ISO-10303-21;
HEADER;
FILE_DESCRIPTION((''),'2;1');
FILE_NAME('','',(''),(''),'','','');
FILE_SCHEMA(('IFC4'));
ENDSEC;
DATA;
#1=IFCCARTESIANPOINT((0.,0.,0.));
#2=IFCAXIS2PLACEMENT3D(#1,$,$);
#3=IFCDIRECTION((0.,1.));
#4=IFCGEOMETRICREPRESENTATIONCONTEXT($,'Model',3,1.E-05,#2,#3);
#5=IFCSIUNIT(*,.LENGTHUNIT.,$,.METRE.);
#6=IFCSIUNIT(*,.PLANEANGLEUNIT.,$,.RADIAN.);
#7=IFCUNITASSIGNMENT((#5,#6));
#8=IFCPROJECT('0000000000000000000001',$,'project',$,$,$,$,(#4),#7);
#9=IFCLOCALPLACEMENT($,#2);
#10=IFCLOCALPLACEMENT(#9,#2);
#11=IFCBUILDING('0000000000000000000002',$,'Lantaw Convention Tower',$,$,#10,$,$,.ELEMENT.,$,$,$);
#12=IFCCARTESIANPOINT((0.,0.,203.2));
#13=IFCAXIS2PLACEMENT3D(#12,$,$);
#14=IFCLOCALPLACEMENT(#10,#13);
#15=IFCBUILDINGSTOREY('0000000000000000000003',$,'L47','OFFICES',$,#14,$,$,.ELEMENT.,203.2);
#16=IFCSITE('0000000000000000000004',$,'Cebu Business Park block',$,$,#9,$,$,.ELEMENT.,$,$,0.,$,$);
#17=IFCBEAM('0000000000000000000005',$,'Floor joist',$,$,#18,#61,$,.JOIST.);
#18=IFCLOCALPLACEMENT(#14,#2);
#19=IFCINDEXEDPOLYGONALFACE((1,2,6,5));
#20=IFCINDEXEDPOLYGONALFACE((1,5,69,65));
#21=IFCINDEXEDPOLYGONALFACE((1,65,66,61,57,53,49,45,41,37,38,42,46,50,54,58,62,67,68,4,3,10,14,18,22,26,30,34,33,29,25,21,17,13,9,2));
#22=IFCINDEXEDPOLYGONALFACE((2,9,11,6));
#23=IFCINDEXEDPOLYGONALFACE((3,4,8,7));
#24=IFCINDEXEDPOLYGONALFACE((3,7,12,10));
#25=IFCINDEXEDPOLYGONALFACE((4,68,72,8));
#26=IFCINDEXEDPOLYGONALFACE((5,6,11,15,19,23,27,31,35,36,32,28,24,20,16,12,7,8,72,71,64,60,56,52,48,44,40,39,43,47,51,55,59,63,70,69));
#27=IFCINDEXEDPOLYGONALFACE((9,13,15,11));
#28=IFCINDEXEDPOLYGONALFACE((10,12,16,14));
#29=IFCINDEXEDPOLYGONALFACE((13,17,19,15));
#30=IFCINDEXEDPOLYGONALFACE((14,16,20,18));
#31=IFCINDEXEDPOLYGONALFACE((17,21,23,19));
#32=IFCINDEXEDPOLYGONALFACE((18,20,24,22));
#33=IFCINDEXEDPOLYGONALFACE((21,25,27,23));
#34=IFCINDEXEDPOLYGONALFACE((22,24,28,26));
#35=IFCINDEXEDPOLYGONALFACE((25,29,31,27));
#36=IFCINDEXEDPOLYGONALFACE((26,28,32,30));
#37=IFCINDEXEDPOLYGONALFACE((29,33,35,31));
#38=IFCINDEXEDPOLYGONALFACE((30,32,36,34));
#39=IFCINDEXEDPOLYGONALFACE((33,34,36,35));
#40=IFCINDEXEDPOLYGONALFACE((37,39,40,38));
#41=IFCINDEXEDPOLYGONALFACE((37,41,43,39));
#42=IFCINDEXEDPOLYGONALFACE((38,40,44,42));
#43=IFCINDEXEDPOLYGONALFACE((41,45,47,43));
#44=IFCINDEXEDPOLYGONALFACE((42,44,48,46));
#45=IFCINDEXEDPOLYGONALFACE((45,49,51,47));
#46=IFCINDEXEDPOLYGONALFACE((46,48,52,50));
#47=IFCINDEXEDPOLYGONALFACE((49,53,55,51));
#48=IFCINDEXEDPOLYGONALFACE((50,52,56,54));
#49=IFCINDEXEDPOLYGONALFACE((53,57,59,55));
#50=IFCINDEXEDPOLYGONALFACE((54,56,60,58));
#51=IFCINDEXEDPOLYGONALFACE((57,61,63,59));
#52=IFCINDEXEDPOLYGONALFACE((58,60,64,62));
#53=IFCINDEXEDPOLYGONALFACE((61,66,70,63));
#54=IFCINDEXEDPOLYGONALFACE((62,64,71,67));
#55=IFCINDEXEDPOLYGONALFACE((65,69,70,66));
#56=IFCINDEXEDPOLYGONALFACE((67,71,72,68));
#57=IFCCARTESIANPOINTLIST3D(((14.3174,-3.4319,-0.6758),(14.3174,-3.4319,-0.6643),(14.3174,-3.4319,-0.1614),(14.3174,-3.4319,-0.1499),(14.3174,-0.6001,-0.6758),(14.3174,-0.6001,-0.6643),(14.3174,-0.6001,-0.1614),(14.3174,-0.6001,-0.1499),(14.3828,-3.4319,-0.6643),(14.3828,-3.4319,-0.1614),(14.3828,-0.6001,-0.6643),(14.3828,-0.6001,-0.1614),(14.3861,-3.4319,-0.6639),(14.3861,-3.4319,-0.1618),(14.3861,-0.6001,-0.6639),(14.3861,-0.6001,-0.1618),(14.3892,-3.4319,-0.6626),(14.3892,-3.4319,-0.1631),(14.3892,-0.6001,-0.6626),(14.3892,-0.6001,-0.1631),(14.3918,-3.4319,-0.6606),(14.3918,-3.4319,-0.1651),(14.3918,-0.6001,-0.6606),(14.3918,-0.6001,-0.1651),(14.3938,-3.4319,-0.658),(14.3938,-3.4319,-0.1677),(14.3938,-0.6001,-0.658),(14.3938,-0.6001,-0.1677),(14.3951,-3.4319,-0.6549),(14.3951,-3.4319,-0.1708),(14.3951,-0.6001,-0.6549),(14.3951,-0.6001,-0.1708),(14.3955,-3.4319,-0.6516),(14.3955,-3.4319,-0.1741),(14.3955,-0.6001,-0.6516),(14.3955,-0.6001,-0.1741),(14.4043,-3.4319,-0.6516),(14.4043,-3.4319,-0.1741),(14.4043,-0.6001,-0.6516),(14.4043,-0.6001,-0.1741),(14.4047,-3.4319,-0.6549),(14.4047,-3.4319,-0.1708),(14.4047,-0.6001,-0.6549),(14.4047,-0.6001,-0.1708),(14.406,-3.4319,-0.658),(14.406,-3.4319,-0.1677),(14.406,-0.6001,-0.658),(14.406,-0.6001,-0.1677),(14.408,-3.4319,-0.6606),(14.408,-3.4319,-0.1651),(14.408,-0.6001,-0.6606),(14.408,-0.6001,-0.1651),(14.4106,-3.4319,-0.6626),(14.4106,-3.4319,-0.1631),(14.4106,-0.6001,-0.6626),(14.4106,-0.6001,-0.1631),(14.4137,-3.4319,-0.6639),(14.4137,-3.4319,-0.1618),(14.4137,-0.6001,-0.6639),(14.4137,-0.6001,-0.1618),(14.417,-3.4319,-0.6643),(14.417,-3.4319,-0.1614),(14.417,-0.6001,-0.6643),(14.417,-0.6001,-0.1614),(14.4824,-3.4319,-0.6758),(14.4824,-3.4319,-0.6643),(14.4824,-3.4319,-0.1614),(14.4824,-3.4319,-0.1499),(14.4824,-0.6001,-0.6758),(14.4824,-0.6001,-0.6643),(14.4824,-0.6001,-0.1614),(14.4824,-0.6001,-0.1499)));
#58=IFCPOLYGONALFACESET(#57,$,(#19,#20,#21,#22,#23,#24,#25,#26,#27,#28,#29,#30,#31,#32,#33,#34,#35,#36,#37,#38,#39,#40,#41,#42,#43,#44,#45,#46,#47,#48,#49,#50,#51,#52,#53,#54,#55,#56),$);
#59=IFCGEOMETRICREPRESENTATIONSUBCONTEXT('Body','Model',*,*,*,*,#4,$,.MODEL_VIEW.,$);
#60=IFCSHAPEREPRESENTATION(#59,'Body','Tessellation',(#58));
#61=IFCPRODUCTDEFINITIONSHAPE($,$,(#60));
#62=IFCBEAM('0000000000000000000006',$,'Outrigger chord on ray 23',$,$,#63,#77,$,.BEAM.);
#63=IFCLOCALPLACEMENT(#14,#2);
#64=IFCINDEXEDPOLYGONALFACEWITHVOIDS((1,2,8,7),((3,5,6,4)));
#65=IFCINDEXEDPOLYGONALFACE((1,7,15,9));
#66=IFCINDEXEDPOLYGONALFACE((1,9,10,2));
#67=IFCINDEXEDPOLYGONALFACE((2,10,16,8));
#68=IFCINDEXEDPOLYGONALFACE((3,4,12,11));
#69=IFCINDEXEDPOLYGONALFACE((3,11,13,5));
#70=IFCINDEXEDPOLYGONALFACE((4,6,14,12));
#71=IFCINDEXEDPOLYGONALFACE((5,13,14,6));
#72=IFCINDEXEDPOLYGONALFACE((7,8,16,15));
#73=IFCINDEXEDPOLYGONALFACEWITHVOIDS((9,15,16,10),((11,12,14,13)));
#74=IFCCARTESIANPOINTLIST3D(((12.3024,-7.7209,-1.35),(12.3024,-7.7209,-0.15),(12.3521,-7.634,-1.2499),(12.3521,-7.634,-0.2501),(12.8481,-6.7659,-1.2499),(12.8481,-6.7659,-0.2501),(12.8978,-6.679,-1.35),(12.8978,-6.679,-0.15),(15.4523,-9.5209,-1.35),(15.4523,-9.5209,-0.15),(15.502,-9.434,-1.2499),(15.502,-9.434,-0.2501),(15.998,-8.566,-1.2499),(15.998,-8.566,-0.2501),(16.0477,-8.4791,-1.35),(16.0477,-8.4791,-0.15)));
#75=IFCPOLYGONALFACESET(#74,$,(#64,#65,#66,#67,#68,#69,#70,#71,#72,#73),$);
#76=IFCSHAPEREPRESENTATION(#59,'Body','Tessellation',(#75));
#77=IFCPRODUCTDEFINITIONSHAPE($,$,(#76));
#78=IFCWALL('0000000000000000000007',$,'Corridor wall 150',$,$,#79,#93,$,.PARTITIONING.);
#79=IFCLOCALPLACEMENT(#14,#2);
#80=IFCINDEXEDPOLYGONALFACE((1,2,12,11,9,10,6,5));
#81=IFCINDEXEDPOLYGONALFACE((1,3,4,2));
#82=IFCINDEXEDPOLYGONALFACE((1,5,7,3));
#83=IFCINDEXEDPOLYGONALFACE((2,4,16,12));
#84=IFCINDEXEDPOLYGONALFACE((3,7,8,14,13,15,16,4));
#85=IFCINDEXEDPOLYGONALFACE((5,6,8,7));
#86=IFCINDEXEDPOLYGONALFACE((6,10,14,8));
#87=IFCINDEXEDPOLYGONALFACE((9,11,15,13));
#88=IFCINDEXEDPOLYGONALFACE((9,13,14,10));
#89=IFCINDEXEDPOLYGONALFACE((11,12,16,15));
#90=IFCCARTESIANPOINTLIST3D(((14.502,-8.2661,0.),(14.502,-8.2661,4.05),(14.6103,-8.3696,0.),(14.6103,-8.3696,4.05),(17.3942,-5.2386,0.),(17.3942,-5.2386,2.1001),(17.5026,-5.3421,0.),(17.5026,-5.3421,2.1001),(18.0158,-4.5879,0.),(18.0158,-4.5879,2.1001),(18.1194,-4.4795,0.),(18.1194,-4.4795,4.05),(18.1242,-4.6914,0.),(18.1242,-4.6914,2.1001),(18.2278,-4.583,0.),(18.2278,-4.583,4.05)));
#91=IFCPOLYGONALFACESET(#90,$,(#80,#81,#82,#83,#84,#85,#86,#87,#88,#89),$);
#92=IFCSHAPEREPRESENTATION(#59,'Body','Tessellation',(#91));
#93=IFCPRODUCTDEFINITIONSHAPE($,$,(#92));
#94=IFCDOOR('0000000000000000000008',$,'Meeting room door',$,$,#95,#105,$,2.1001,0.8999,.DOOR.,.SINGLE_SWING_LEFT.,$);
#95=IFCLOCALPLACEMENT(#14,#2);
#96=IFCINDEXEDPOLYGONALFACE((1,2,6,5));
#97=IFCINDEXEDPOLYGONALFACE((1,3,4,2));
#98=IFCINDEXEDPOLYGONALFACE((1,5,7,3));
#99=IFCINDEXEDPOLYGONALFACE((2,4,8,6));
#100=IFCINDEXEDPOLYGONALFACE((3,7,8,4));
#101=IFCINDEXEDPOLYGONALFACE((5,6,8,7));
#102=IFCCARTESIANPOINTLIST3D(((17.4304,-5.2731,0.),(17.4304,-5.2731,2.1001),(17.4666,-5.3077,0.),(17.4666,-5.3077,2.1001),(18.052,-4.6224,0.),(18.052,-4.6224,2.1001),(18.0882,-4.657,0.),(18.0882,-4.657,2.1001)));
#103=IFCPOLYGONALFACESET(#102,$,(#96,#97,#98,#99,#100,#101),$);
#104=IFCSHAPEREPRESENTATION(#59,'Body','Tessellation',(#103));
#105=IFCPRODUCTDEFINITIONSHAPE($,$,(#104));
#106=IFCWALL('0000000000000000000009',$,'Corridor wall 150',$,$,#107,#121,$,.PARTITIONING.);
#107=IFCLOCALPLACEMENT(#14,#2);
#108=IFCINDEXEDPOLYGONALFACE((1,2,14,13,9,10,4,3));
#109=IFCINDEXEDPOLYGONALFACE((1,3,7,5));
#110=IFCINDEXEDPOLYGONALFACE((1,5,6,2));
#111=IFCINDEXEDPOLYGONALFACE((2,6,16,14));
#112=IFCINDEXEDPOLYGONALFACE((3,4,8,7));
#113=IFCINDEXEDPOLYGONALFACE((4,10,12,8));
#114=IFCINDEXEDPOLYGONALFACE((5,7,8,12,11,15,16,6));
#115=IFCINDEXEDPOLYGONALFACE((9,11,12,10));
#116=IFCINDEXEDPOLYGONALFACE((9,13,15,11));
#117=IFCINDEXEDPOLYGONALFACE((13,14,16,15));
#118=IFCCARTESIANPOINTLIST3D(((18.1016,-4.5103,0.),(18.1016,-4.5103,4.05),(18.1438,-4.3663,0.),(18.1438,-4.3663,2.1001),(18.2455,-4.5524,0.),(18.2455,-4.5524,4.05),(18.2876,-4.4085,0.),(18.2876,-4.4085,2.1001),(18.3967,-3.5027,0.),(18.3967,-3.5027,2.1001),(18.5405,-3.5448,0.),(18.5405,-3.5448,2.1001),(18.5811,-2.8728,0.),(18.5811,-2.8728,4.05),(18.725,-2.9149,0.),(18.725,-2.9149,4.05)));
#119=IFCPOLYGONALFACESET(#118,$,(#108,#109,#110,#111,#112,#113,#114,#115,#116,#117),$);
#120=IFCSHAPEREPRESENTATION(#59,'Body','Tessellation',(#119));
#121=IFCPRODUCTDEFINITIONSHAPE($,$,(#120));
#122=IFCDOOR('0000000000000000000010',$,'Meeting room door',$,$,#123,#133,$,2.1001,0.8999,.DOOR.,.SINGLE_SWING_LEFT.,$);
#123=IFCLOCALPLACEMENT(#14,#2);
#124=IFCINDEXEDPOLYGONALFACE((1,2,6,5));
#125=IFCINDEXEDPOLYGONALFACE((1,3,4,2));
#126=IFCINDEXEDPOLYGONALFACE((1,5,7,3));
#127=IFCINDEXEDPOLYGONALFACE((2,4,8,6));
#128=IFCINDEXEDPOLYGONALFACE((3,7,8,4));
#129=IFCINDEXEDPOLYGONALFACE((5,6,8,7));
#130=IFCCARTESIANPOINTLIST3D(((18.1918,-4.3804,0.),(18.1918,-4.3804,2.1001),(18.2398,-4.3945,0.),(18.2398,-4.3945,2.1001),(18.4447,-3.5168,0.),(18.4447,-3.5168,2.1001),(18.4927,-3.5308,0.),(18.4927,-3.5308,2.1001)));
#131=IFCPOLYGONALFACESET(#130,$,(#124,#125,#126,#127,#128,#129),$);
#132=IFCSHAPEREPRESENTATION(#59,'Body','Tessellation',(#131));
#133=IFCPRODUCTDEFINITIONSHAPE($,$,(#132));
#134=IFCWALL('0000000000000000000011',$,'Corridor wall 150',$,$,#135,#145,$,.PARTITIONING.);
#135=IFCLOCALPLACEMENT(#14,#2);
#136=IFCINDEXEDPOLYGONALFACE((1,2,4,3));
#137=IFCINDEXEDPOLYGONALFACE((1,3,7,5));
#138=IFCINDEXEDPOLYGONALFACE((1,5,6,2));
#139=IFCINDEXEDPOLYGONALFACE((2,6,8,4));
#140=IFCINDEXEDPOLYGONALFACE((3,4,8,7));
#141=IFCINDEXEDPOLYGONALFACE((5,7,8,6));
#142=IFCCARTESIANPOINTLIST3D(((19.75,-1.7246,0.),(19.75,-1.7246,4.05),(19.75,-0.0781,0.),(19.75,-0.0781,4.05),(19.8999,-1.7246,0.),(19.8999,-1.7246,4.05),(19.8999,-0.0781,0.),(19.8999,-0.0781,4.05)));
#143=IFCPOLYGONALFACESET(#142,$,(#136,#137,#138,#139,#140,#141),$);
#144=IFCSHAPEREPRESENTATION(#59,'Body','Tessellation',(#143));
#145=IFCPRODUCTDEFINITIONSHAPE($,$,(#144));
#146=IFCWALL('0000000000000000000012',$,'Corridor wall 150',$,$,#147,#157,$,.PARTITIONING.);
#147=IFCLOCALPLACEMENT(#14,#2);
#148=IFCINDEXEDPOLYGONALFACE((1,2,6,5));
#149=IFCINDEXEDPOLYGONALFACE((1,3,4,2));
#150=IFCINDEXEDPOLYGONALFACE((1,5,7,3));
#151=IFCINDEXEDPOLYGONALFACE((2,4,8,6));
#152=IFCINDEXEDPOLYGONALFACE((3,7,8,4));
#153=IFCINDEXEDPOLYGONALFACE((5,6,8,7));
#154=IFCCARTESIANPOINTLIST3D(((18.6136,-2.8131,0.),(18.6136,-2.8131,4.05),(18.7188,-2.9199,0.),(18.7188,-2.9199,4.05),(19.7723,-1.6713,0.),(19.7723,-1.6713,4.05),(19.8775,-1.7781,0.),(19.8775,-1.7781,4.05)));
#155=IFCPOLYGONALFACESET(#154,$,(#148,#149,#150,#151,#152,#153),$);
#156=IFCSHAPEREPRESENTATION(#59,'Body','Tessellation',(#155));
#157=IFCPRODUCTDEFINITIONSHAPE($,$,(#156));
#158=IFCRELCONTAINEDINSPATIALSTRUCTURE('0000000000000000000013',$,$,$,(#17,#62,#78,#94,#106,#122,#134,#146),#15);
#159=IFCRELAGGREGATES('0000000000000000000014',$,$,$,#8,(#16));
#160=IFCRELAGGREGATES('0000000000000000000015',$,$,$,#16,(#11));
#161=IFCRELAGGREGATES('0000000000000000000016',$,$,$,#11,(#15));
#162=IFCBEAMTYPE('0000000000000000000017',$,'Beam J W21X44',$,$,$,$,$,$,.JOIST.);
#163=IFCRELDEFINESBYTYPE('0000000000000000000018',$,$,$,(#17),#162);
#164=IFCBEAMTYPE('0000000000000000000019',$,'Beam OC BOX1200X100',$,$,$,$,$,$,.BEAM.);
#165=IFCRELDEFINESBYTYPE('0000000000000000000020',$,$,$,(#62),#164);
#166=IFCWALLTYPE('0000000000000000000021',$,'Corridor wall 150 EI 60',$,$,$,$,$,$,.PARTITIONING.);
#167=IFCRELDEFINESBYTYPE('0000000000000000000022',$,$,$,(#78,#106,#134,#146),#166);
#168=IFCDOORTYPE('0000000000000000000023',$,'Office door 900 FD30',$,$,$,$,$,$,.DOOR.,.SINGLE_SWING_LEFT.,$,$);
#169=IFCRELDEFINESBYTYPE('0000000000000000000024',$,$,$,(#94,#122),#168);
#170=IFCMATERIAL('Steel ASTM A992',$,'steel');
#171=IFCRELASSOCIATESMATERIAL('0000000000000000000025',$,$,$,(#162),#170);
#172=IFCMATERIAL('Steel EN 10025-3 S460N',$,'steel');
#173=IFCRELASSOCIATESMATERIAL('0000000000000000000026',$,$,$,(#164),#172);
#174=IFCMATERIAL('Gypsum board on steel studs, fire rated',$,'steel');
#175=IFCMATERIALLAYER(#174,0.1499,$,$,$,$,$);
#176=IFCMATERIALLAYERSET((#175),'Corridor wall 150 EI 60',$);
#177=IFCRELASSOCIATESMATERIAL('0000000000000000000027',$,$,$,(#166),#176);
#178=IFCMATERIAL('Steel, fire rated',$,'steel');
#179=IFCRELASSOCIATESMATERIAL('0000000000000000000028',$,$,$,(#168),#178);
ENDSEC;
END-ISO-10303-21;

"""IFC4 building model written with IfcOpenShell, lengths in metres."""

from ifc_helpers import new_model, si_unit, direction, frame, frame_2d, origin, origin_2d, place, context, subcontext, project, spatial, rectangle, hollow_rectangle, i_section, extrude, material, layer, layer_set, material_profile, profile_set, type_object, element, fill, save


model = new_model("IFC4")

# Units and contexts
model_context = context("Model", 3, precision=1e-05, world=origin(), true_north=direction((0.0, 1.0)))
body_context = subcontext(model_context, "Body", "Model", "MODEL_VIEW")
ifc_project = project(units=[si_unit("LENGTHUNIT", "METRE"), si_unit("PLANEANGLEUNIT", "RADIAN")], contexts=[model_context])

# Site, building, storey
site_placement = place(None, origin())
site = spatial("IfcSite", under=ifc_project, at=site_placement, Name="Cebu Business Park block", CompositionType="ELEMENT", RefElevation=0.0)
building_placement = place(site_placement, origin())
building = spatial("IfcBuilding", under=site, at=building_placement, Name="Lantaw Convention Tower", CompositionType="ELEMENT")
storey_placement = place(building_placement, frame((0.0, 0.0, 203.2)))
storey = spatial("IfcBuildingStorey", under=building, at=storey_placement, Name="L47", Description="OFFICES", CompositionType="ELEMENT", Elevation=203.2)

# Shared definitions
ifc_material_1 = material(Name="Steel EN 10025-3 S460N", Category="steel")

# Beams
ifc_material_2 = material(Name="Steel ASTM A992", Category="steel")
ifc_material_profile_1 = material_profile(ifc_material_2, i_section(OverallWidth=0.165, OverallDepth=0.5259, WebThickness=0.0088, FlangeThickness=0.0115, FilletRadius=0.0127, at=origin_2d()), Name="W21X44")
ifc_profile_set_1 = profile_set([ifc_material_profile_1], Name="Steel ASTM A992")
beam_type_1 = type_object("IfcBeamType", Name="Beam J W21X44", PredefinedType="JOIST", material=ifc_profile_set_1)
beam_1_placement = place(storey_placement, frame((14.3999, -3.4319, -0.4128), z_axis=(0.0, 1.0, 0.0), x_axis=(-1.0, 0.0, 0.0)))
element("IfcBeam", 1, at=beam_1_placement, inside=storey, type_object=beam_type_1, Name="Floor joist", PredefinedType="JOIST", context=body_context, shape_type="SweptSolid", body=[
    extrude(i_section(OverallWidth=0.165, OverallDepth=0.5259, WebThickness=0.0088, FlangeThickness=0.0115, FilletRadius=0.0127, at=origin_2d()), origin(), (0.0, 0.0, 1.0), 2.8318),
])
ifc_material_profile_2 = material_profile(ifc_material_1, hollow_rectangle(XDim=1.2, YDim=1.2, WallThickness=0.1001, at=origin_2d()), Name="BOX1200X100")
ifc_profile_set_2 = profile_set([ifc_material_profile_2], Name="Steel EN 10025-3 S460N")
beam_type_2 = type_object("IfcBeamType", Name="Beam OC BOX1200X100", PredefinedType="BEAM", material=ifc_profile_set_2)
beam_2_placement = place(storey_placement, frame((12.6001, -7.2, -0.75), z_axis=(0.868231, -0.496161, 0.0), x_axis=(0.496161, 0.868231, 0.0)))
element("IfcBeam", 2, at=beam_2_placement, inside=storey, type_object=beam_type_2, Name="Outrigger chord on ray 23", PredefinedType="BEAM", context=body_context, shape_type="SweptSolid", body=[
    extrude(hollow_rectangle(XDim=1.2, YDim=1.2, WallThickness=0.1001, at=origin_2d()), origin(), (0.0, 0.0, 1.0), 3.6279),
])

# Walls, openings, doors
ifc_material_3 = material(Name="Gypsum board on steel studs, fire rated", Category="steel")
ifc_layer_1 = layer(ifc_material_3, 0.1499)
ifc_layer_set_1 = layer_set([ifc_layer_1], Name="Corridor wall 150 EI 60")
wall_type_1 = type_object("IfcWallType", Name="Corridor wall 150 EI 60", PredefinedType="PARTITIONING", material=ifc_layer_set_1)
wall_1_placement = place(storey_placement, frame((14.5562, -8.3179, 0.0), z_axis=(0.0, 0.0, 1.0), x_axis=(0.690768, 0.723076, 0.0)))
wall_1 = element("IfcWall", 3, at=wall_1_placement, inside=storey, type_object=wall_type_1, Name="Corridor wall 150", PredefinedType="PARTITIONING", context=body_context, shape_type="SweptSolid", body=[
    extrude(rectangle(XDim=5.2368, YDim=0.1499, at=frame_2d((2.6184, 0.0))), origin(), (0.0, 0.0, 1.0), 4.05),
])
opening_1_placement = place(wall_1_placement, frame((4.187, 0.0, 0.0)))
opening_1 = element("IfcOpeningElement", 4, at=opening_1_placement, cuts=wall_1, PredefinedType="OPENING", context=body_context, shape_type="SweptSolid", body=[
    extrude(rectangle(XDim=0.8999, YDim=2.1001, at=frame_2d((0.45, 1.05))), frame((0.0, 0.085, 0.0), z_axis=(0.0, -1.0, 0.0), x_axis=(1.0, 0.0, 0.0)), (0.0, 0.0, 1.0), 0.1699),
])
ifc_material_4 = material(Name="Steel, fire rated", Category="steel")
door_type_1 = type_object("IfcDoorType", Name="Office door 900 FD30", OperationType="SINGLE_SWING_LEFT", PredefinedType="DOOR", material=ifc_material_4)
door_1_placement = place(opening_1_placement, origin())
door_1 = element("IfcDoor", 5, at=door_1_placement, inside=storey, type_object=door_type_1, Name="Meeting room door", OperationType="SINGLE_SWING_LEFT", OverallHeight=2.1001, OverallWidth=0.8999, PredefinedType="DOOR", context=body_context, shape_type="SweptSolid", body=[
    extrude(rectangle(XDim=0.8999, YDim=2.1001, at=frame_2d((0.45, 1.05))), frame((0.0, 0.0249, 0.0), z_axis=(0.0, -1.0, 0.0), x_axis=(1.0, 0.0, 0.0)), (0.0, 0.0, 1.0), 0.05),
])
fill(opening_1, door_1)
wall_2_placement = place(storey_placement, frame((18.1736, -4.5312, 0.0), z_axis=(0.0, 0.0, 1.0), x_axis=(0.281027, 0.9597, 0.0)))
wall_2 = element("IfcWall", 6, at=wall_2_placement, inside=storey, type_object=wall_type_1, Name="Corridor wall 150", PredefinedType="PARTITIONING", context=body_context, shape_type="SweptSolid", body=[
    extrude(rectangle(XDim=1.7063, YDim=0.1499, at=frame_2d((0.853, 0.0))), origin(), (0.0, 0.0, 1.0), 4.05),
])
opening_2_placement = place(wall_2_placement, frame((0.1499, 0.0, 0.0)))
opening_2 = element("IfcOpeningElement", 7, at=opening_2_placement, cuts=wall_2, PredefinedType="OPENING", context=body_context, shape_type="SweptSolid", body=[
    extrude(rectangle(XDim=0.8999, YDim=2.1001, at=frame_2d((0.45, 1.05))), frame((0.0, 0.085, 0.0), z_axis=(0.0, -1.0, 0.0), x_axis=(1.0, 0.0, 0.0)), (0.0, 0.0, 1.0), 0.1699),
])
door_2_placement = place(opening_2_placement, origin())
door_2 = element("IfcDoor", 8, at=door_2_placement, inside=storey, type_object=door_type_1, Name="Meeting room door", OperationType="SINGLE_SWING_LEFT", OverallHeight=2.1001, OverallWidth=0.8999, PredefinedType="DOOR", context=body_context, shape_type="SweptSolid", body=[
    extrude(rectangle(XDim=0.8999, YDim=2.1001, at=frame_2d((0.45, 1.05))), frame((0.0, 0.0249, 0.0), z_axis=(0.0, -1.0, 0.0), x_axis=(1.0, 0.0, 0.0)), (0.0, 0.0, 1.0), 0.05),
])
fill(opening_2, door_2)

# Walls
wall_3_placement = place(storey_placement, frame((19.825, -0.0781, 0.0), z_axis=(0.0, 0.0, 1.0), x_axis=(0.0, -1.0, 0.0)))
element("IfcWall", 9, at=wall_3_placement, inside=storey, type_object=wall_type_1, Name="Corridor wall 150", PredefinedType="PARTITIONING", context=body_context, shape_type="SweptSolid", body=[
    extrude(rectangle(XDim=1.6465, YDim=0.1499, at=frame_2d((0.8232, 0.0))), origin(), (0.0, 0.0, 1.0), 4.05),
])
wall_4_placement = place(storey_placement, frame((19.825, -1.7246, 0.0), z_axis=(0.0, 0.0, 1.0), x_axis=(-0.712265, -0.70191, 0.0)))
element("IfcWall", 10, at=wall_4_placement, inside=storey, type_object=wall_type_1, Name="Corridor wall 150", PredefinedType="PARTITIONING", context=body_context, shape_type="SweptSolid", body=[
    extrude(rectangle(XDim=1.6267, YDim=0.1499, at=frame_2d((0.8135, 0.0))), origin(), (0.0, 0.0, 1.0), 4.05),
])

save(model, "model.ifc")
